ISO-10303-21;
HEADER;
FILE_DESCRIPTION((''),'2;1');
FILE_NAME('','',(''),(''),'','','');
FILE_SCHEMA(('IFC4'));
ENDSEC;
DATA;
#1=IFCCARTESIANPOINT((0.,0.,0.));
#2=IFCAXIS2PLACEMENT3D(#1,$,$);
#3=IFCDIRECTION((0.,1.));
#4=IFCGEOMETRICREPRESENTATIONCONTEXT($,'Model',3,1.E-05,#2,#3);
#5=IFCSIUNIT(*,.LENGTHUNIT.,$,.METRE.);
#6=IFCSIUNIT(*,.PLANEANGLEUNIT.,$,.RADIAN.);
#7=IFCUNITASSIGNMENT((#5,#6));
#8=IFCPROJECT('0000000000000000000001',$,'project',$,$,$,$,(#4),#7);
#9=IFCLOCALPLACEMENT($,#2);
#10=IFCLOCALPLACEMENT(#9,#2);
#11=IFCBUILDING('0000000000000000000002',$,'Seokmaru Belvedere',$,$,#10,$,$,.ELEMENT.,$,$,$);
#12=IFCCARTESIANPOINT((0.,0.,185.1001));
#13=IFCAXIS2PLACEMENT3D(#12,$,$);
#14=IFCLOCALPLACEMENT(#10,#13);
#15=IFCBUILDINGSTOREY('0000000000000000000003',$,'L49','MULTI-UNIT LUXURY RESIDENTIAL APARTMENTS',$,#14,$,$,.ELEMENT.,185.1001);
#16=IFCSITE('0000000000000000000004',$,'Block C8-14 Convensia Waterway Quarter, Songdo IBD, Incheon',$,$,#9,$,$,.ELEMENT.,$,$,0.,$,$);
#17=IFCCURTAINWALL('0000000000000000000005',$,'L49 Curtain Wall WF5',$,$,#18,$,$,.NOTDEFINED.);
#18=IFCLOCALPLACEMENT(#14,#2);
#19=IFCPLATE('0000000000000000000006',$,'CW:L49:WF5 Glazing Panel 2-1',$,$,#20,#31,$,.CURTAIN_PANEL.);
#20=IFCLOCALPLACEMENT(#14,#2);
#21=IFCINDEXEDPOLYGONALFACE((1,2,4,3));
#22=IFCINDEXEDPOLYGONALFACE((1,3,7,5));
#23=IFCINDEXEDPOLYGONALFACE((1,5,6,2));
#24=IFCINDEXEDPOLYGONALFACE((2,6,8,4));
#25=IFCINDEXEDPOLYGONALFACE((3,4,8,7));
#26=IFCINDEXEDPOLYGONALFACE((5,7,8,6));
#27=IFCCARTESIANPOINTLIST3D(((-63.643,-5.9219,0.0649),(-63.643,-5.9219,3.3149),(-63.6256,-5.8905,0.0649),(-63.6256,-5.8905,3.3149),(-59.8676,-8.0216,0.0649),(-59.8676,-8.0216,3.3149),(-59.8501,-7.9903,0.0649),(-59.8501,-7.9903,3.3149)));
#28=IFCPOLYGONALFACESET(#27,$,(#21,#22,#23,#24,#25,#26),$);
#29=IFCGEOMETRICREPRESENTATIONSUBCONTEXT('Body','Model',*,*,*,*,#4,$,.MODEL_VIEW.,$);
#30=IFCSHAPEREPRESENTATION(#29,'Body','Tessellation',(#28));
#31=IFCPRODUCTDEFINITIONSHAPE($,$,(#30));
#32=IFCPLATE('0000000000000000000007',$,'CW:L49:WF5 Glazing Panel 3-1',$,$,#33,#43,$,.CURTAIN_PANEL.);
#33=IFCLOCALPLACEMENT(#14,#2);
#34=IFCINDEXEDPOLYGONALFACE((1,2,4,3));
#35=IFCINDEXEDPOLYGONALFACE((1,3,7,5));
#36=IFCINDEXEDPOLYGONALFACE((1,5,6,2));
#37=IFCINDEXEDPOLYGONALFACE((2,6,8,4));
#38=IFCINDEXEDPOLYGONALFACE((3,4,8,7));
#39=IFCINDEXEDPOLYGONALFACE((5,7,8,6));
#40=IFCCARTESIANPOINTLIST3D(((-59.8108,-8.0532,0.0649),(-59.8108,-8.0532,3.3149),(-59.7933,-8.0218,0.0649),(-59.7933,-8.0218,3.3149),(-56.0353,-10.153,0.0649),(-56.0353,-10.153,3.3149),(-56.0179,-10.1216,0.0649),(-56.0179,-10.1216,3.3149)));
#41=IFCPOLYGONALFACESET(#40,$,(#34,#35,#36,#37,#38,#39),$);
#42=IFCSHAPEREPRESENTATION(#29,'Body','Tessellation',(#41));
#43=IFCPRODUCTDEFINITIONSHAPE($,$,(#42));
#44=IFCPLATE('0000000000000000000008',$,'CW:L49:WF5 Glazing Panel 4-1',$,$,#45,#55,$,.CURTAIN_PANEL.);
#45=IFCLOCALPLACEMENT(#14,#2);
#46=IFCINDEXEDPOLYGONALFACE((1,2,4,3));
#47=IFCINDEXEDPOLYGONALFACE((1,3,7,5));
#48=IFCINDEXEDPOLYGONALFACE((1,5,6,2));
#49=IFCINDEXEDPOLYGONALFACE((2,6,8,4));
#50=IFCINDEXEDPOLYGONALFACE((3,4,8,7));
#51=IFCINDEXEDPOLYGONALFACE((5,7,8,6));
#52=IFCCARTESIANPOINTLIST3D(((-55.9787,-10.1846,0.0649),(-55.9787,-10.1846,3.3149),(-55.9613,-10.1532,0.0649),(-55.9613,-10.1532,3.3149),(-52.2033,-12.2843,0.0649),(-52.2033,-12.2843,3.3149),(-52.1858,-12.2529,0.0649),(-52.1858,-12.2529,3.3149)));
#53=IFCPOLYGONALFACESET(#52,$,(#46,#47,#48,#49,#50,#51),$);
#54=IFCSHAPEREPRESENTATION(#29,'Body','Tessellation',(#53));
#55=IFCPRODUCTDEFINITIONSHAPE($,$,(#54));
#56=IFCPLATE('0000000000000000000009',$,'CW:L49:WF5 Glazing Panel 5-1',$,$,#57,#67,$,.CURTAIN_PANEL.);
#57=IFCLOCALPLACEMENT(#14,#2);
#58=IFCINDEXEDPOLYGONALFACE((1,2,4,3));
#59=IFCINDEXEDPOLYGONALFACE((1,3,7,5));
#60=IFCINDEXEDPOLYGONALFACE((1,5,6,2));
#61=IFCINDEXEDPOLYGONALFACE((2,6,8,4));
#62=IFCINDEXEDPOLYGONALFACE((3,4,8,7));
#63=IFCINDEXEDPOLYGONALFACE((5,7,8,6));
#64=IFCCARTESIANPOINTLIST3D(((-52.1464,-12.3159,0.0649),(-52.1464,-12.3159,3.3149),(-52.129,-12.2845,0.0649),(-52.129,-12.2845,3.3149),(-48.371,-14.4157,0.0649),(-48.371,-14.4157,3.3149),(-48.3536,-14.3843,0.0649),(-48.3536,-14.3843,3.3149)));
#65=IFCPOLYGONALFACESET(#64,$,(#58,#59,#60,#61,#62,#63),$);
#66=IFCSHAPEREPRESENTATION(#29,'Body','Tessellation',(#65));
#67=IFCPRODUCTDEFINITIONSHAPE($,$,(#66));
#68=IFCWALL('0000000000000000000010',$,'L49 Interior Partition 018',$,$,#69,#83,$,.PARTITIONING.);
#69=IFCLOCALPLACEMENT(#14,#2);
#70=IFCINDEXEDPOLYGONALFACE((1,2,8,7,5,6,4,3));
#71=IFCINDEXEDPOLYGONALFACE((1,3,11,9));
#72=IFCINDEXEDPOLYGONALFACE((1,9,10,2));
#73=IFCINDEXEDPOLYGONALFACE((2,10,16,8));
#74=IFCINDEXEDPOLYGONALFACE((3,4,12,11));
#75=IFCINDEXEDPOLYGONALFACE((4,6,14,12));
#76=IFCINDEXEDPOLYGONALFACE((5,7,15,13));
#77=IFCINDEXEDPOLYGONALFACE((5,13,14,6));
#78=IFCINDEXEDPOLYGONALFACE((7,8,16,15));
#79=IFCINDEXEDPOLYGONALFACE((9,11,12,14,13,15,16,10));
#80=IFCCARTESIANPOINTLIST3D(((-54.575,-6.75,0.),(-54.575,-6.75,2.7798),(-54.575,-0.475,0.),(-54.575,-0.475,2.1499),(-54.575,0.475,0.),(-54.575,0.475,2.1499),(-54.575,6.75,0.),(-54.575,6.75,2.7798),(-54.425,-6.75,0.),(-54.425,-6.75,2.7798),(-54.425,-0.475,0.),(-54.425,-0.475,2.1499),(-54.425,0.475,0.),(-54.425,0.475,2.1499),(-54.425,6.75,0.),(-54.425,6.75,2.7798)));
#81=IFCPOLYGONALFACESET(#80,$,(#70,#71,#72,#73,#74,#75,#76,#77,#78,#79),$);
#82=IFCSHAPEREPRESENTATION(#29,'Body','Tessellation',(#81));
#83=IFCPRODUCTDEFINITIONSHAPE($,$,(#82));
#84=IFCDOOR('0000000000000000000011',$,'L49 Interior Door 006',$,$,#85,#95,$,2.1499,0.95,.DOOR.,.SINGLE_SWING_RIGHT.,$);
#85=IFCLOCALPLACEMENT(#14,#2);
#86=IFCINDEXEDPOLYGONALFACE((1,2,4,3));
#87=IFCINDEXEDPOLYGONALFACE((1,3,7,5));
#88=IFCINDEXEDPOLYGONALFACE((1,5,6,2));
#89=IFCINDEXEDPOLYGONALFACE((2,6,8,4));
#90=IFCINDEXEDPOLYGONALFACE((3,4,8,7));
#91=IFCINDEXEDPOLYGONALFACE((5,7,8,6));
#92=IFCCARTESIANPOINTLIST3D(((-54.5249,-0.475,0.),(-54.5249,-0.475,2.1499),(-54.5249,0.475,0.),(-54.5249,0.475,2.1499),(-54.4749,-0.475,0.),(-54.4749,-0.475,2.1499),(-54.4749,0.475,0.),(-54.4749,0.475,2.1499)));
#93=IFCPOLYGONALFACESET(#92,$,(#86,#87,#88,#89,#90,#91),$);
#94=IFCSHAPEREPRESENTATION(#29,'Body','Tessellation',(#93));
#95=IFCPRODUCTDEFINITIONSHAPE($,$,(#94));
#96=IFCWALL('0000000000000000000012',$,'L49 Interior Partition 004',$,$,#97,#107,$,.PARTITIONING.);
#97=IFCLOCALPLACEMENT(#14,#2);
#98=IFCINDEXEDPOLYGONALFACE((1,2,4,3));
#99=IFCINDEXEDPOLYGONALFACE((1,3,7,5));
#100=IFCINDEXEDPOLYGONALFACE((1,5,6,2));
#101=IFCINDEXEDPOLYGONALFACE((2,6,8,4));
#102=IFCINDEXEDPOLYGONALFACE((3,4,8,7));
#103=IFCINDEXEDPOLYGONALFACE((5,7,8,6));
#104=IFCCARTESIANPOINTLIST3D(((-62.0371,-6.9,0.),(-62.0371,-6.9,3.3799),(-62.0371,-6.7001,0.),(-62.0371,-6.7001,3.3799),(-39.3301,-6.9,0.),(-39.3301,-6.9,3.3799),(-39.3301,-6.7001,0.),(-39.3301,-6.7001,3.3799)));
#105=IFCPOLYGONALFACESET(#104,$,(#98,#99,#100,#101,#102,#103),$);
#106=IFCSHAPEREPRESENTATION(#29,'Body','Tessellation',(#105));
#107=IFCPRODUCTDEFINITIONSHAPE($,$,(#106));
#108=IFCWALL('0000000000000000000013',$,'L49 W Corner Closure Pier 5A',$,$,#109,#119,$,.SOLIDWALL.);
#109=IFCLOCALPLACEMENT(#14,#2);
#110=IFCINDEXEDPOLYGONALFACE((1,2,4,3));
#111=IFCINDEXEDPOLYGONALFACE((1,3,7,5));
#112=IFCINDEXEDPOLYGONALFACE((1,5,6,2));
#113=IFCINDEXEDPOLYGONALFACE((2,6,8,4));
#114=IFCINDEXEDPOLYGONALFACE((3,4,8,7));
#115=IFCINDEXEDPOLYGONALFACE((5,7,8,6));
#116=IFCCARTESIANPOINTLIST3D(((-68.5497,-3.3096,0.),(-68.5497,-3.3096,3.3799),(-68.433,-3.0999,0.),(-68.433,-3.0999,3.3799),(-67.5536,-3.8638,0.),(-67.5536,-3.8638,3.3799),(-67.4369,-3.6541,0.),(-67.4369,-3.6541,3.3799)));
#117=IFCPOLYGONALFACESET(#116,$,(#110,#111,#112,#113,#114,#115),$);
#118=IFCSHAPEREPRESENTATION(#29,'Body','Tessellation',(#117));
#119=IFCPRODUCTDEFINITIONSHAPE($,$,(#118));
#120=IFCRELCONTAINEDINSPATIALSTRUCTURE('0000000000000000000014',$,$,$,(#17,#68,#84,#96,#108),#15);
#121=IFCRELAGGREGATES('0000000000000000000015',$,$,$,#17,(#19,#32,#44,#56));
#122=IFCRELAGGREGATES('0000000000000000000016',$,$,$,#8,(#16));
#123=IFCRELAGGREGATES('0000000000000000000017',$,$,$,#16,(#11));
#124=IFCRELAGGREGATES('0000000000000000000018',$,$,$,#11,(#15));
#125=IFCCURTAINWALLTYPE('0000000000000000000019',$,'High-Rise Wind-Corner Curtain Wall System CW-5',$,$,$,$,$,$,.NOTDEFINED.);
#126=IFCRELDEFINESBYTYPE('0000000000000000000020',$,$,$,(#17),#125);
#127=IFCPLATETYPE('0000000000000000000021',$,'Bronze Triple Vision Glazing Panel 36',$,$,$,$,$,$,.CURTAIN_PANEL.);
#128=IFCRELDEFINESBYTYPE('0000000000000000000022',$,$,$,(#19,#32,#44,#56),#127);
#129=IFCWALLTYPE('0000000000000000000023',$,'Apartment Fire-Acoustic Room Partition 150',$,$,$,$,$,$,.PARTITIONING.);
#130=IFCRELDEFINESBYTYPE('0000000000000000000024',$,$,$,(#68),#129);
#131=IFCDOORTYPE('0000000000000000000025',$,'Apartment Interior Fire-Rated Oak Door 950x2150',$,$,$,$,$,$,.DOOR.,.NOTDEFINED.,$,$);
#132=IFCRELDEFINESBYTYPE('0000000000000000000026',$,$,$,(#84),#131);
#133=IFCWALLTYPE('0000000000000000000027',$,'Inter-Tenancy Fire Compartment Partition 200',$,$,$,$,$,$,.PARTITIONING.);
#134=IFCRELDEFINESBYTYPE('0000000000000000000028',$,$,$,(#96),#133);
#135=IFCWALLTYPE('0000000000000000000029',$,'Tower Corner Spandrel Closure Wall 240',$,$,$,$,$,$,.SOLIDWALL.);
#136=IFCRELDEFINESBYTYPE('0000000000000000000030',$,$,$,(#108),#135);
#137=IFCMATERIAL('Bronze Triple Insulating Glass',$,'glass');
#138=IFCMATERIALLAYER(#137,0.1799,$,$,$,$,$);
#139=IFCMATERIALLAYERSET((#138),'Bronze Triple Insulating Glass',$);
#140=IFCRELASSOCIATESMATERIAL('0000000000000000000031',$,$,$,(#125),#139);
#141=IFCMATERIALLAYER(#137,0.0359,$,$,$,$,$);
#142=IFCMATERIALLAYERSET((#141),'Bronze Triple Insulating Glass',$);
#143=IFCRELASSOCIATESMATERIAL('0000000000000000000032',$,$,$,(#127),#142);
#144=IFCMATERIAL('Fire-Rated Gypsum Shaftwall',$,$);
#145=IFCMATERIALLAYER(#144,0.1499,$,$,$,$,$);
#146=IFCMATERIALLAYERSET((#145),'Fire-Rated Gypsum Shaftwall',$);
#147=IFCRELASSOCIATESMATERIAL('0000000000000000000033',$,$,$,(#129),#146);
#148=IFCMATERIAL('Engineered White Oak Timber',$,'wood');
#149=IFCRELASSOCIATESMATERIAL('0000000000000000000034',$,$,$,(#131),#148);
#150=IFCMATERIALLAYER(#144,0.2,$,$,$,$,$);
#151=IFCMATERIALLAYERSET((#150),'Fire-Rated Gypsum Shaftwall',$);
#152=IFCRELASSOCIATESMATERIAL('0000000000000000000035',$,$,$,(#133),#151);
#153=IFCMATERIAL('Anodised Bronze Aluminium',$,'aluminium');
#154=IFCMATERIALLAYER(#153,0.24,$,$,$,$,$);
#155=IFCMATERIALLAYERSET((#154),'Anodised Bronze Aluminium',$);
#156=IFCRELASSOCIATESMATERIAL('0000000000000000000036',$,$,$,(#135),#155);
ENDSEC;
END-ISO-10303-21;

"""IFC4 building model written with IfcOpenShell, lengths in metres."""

from ifc_helpers import new_model, si_unit, direction, frame, frame_2d, origin, origin_2d, place, context, subcontext, project, spatial, rectangle, extrude, source, transform, mapped, material, layer, layer_set, type_object, type_shapes, element, fill, aggregate, save


model = new_model("IFC4")

# Units and contexts
model_context = context("Model", 3, precision=1e-05, world=origin(), true_north=direction((0.0, 1.0)))
body_context = subcontext(model_context, "Body", "Model", "MODEL_VIEW")
ifc_project = project(units=[si_unit("LENGTHUNIT", "METRE"), si_unit("PLANEANGLEUNIT", "RADIAN")], contexts=[model_context])

# Site, building, storey
site_placement = place(None, origin())
site = spatial("IfcSite", under=ifc_project, at=site_placement, Name="Block C8-14 Convensia Waterway Quarter, Songdo IBD, Incheon", CompositionType="ELEMENT", RefElevation=0.0)
building_placement = place(site_placement, origin())
building = spatial("IfcBuilding", under=site, at=building_placement, Name="Seokmaru Belvedere", CompositionType="ELEMENT")
storey_placement = place(building_placement, frame((0.0, 0.0, 185.1001)))
storey = spatial("IfcBuildingStorey", under=building, at=storey_placement, Name="L49", Description="MULTI-UNIT LUXURY RESIDENTIAL APARTMENTS", CompositionType="ELEMENT", Elevation=185.1001)

# Curtain wall, plates
ifc_material_1 = material(Name="Bronze Triple Insulating Glass", Category="glass")
ifc_layer_1 = layer(ifc_material_1, 0.1799)
ifc_layer_set_1 = layer_set([ifc_layer_1], Name="Bronze Triple Insulating Glass")
curtain_wall_type = type_object("IfcCurtainWallType", Name="High-Rise Wind-Corner Curtain Wall System CW-5", PredefinedType="NOTDEFINED", material=ifc_layer_set_1)
curtain_wall_placement = place(storey_placement, origin())
curtain_wall = element("IfcCurtainWall", 1, at=curtain_wall_placement, inside=storey, type_object=curtain_wall_type, Name="L49 Curtain Wall WF5", PredefinedType="NOTDEFINED")
ifc_material_2 = material(Name="Anodised Bronze Aluminium", Category="aluminium")
ifc_layer_2 = layer(ifc_material_1, 0.0359)
ifc_layer_set_2 = layer_set([ifc_layer_2], Name="Bronze Triple Insulating Glass")
plate_type = type_object("IfcPlateType", Name="Bronze Triple Vision Glazing Panel 36", PredefinedType="CURTAIN_PANEL", material=ifc_layer_set_2)
shared_shape_1 = source(origin(), body_context, "Body", "SweptSolid", [
    extrude(rectangle(XDim=4.3201, YDim=0.0359, at=origin_2d()), origin(), (0.0, 0.0, 1.0), 3.25),
])
plate_1_placement = place(storey_placement, frame((-61.7466, -6.9561, 0.0649), z_axis=(0.0, 0.0, 1.0), x_axis=(0.873933, -0.486047, 0.0)))
plate_1 = element("IfcPlate", 2, at=plate_1_placement, type_object=plate_type, Name="CW:L49:WF5 Glazing Panel 2-1", PredefinedType="CURTAIN_PANEL", context=body_context, shape_type="MappedRepresentation", body=[
    mapped(shared_shape_1, transform((0.0, 0.0, 0.0), scale=1.0)),
])
plate_2_placement = place(storey_placement, frame((-57.9143, -9.0874, 0.0649), z_axis=(0.0, 0.0, 1.0), x_axis=(0.873933, -0.486047, 0.0)))
plate_2 = element("IfcPlate", 3, at=plate_2_placement, type_object=plate_type, Name="CW:L49:WF5 Glazing Panel 3-1", PredefinedType="CURTAIN_PANEL", context=body_context, shape_type="MappedRepresentation", body=[
    mapped(shared_shape_1, transform((0.0, 0.0, 0.0), scale=1.0)),
])
plate_3_placement = place(storey_placement, frame((-54.0823, -11.2188, 0.0649), z_axis=(0.0, 0.0, 1.0), x_axis=(0.873933, -0.486047, 0.0)))
plate_3 = element("IfcPlate", 4, at=plate_3_placement, type_object=plate_type, Name="CW:L49:WF5 Glazing Panel 4-1", PredefinedType="CURTAIN_PANEL", context=body_context, shape_type="MappedRepresentation", body=[
    mapped(shared_shape_1, transform((0.0, 0.0, 0.0), scale=1.0)),
])
plate_4_placement = place(storey_placement, frame((-50.25, -13.3501, 0.0649), z_axis=(0.0, 0.0, 1.0), x_axis=(0.873933, -0.486047, 0.0)))
plate_4 = element("IfcPlate", 5, at=plate_4_placement, type_object=plate_type, Name="CW:L49:WF5 Glazing Panel 5-1", PredefinedType="CURTAIN_PANEL", context=body_context, shape_type="MappedRepresentation", body=[
    mapped(shared_shape_1, transform((0.0, 0.0, 0.0), scale=1.0)),
])
aggregate(curtain_wall, [plate_1, plate_2, plate_3, plate_4])

# Wall, opening, door
ifc_material_3 = material(Name="Fire-Rated Gypsum Shaftwall")
ifc_layer_3 = layer(ifc_material_3, 0.1499)
ifc_layer_set_3 = layer_set([ifc_layer_3], Name="Fire-Rated Gypsum Shaftwall")
wall_type_1 = type_object("IfcWallType", Name="Apartment Fire-Acoustic Room Partition 150", PredefinedType="PARTITIONING", material=ifc_layer_set_3)
wall_1_placement = place(storey_placement, frame((-54.5, -6.75, 0.0), z_axis=(0.0, 0.0, 1.0), x_axis=(0.0, 1.0, 0.0)))
wall_1 = element("IfcWall", 6, at=wall_1_placement, inside=storey, type_object=wall_type_1, Name="L49 Interior Partition 018", PredefinedType="PARTITIONING", context=body_context, shape_type="SweptSolid", body=[
    extrude(rectangle(XDim=13.5, YDim=0.1499, at=frame_2d((6.75, 0.0))), origin(), (0.0, 0.0, 1.0), 2.7798),
])
opening_placement = place(wall_1_placement, frame((6.2749, 0.0, 0.0)))
opening = element("IfcOpeningElement", 7, at=opening_placement, cuts=wall_1, PredefinedType="OPENING", context=body_context, shape_type="SweptSolid", body=[
    extrude(rectangle(XDim=0.95, YDim=2.1499, at=frame_2d((0.4751, 1.075))), frame((0.0, 0.085, 0.0), z_axis=(0.0, -1.0, 0.0), x_axis=(1.0, 0.0, 0.0)), (0.0, 0.0, 1.0), 0.1699),
])
ifc_material_4 = material(Name="Engineered White Oak Timber", Category="wood")
door_type = type_object("IfcDoorType", Name="Apartment Interior Fire-Rated Oak Door 950x2150", OperationType="NOTDEFINED", PredefinedType="DOOR", material=ifc_material_4)
shared_shape_2 = source(origin(), body_context, "Body", "SweptSolid", [
    extrude(rectangle(XDim=0.95, YDim=2.1499, at=frame_2d((0.4751, 1.075))), frame((0.0, 0.0249, 0.0), z_axis=(0.0, -1.0, 0.0), x_axis=(1.0, 0.0, 0.0)), (0.0, 0.0, 1.0), 0.05),
])
type_shapes(door_type, [shared_shape_2])
door_placement = place(opening_placement, origin())
door = element("IfcDoor", 8, at=door_placement, inside=storey, type_object=door_type, Name="L49 Interior Door 006", OperationType="SINGLE_SWING_RIGHT", OverallHeight=2.1499, OverallWidth=0.95, PredefinedType="DOOR", context=body_context, shape_type="MappedRepresentation", body=[
    mapped(shared_shape_2, transform((0.0, 0.0, 0.0), scale=1.0)),
])
fill(opening, door)

# Walls
ifc_layer_4 = layer(ifc_material_3, 0.2)
ifc_layer_set_4 = layer_set([ifc_layer_4], Name="Fire-Rated Gypsum Shaftwall")
wall_type_2 = type_object("IfcWallType", Name="Inter-Tenancy Fire Compartment Partition 200", PredefinedType="PARTITIONING", material=ifc_layer_set_4)
wall_2_placement = place(storey_placement, frame((-62.0371, -6.8, 0.0), z_axis=(0.0, 0.0, 1.0), x_axis=(1.0, 0.0, 0.0)))
element("IfcWall", 9, at=wall_2_placement, inside=storey, type_object=wall_type_2, Name="L49 Interior Partition 004", PredefinedType="PARTITIONING", context=body_context, shape_type="SweptSolid", body=[
    extrude(rectangle(XDim=22.707, YDim=0.2, at=frame_2d((11.3535, 0.0))), origin(), (0.0, 0.0, 1.0), 3.3799),
])
ifc_layer_5 = layer(ifc_material_2, 0.24)
ifc_layer_set_5 = layer_set([ifc_layer_5], Name="Anodised Bronze Aluminium")
wall_type_3 = type_object("IfcWallType", Name="Tower Corner Spandrel Closure Wall 240", PredefinedType="SOLIDWALL", material=ifc_layer_set_5)
wall_3_placement = place(storey_placement, frame((-68.4912, -3.2048, 0.0), z_axis=(0.0, 0.0, 1.0), x_axis=(0.873854, -0.486188, 0.0)))
element("IfcWall", 10, at=wall_3_placement, inside=storey, type_object=wall_type_3, Name="L49 W Corner Closure Pier 5A", PredefinedType="SOLIDWALL", context=body_context, shape_type="SweptSolid", body=[
    extrude(rectangle(XDim=1.1399, YDim=0.24, at=frame_2d((0.5698, 0.0))), origin(), (0.0, 0.0, 1.0), 3.3799),
])

save(model, "model.ifc")
